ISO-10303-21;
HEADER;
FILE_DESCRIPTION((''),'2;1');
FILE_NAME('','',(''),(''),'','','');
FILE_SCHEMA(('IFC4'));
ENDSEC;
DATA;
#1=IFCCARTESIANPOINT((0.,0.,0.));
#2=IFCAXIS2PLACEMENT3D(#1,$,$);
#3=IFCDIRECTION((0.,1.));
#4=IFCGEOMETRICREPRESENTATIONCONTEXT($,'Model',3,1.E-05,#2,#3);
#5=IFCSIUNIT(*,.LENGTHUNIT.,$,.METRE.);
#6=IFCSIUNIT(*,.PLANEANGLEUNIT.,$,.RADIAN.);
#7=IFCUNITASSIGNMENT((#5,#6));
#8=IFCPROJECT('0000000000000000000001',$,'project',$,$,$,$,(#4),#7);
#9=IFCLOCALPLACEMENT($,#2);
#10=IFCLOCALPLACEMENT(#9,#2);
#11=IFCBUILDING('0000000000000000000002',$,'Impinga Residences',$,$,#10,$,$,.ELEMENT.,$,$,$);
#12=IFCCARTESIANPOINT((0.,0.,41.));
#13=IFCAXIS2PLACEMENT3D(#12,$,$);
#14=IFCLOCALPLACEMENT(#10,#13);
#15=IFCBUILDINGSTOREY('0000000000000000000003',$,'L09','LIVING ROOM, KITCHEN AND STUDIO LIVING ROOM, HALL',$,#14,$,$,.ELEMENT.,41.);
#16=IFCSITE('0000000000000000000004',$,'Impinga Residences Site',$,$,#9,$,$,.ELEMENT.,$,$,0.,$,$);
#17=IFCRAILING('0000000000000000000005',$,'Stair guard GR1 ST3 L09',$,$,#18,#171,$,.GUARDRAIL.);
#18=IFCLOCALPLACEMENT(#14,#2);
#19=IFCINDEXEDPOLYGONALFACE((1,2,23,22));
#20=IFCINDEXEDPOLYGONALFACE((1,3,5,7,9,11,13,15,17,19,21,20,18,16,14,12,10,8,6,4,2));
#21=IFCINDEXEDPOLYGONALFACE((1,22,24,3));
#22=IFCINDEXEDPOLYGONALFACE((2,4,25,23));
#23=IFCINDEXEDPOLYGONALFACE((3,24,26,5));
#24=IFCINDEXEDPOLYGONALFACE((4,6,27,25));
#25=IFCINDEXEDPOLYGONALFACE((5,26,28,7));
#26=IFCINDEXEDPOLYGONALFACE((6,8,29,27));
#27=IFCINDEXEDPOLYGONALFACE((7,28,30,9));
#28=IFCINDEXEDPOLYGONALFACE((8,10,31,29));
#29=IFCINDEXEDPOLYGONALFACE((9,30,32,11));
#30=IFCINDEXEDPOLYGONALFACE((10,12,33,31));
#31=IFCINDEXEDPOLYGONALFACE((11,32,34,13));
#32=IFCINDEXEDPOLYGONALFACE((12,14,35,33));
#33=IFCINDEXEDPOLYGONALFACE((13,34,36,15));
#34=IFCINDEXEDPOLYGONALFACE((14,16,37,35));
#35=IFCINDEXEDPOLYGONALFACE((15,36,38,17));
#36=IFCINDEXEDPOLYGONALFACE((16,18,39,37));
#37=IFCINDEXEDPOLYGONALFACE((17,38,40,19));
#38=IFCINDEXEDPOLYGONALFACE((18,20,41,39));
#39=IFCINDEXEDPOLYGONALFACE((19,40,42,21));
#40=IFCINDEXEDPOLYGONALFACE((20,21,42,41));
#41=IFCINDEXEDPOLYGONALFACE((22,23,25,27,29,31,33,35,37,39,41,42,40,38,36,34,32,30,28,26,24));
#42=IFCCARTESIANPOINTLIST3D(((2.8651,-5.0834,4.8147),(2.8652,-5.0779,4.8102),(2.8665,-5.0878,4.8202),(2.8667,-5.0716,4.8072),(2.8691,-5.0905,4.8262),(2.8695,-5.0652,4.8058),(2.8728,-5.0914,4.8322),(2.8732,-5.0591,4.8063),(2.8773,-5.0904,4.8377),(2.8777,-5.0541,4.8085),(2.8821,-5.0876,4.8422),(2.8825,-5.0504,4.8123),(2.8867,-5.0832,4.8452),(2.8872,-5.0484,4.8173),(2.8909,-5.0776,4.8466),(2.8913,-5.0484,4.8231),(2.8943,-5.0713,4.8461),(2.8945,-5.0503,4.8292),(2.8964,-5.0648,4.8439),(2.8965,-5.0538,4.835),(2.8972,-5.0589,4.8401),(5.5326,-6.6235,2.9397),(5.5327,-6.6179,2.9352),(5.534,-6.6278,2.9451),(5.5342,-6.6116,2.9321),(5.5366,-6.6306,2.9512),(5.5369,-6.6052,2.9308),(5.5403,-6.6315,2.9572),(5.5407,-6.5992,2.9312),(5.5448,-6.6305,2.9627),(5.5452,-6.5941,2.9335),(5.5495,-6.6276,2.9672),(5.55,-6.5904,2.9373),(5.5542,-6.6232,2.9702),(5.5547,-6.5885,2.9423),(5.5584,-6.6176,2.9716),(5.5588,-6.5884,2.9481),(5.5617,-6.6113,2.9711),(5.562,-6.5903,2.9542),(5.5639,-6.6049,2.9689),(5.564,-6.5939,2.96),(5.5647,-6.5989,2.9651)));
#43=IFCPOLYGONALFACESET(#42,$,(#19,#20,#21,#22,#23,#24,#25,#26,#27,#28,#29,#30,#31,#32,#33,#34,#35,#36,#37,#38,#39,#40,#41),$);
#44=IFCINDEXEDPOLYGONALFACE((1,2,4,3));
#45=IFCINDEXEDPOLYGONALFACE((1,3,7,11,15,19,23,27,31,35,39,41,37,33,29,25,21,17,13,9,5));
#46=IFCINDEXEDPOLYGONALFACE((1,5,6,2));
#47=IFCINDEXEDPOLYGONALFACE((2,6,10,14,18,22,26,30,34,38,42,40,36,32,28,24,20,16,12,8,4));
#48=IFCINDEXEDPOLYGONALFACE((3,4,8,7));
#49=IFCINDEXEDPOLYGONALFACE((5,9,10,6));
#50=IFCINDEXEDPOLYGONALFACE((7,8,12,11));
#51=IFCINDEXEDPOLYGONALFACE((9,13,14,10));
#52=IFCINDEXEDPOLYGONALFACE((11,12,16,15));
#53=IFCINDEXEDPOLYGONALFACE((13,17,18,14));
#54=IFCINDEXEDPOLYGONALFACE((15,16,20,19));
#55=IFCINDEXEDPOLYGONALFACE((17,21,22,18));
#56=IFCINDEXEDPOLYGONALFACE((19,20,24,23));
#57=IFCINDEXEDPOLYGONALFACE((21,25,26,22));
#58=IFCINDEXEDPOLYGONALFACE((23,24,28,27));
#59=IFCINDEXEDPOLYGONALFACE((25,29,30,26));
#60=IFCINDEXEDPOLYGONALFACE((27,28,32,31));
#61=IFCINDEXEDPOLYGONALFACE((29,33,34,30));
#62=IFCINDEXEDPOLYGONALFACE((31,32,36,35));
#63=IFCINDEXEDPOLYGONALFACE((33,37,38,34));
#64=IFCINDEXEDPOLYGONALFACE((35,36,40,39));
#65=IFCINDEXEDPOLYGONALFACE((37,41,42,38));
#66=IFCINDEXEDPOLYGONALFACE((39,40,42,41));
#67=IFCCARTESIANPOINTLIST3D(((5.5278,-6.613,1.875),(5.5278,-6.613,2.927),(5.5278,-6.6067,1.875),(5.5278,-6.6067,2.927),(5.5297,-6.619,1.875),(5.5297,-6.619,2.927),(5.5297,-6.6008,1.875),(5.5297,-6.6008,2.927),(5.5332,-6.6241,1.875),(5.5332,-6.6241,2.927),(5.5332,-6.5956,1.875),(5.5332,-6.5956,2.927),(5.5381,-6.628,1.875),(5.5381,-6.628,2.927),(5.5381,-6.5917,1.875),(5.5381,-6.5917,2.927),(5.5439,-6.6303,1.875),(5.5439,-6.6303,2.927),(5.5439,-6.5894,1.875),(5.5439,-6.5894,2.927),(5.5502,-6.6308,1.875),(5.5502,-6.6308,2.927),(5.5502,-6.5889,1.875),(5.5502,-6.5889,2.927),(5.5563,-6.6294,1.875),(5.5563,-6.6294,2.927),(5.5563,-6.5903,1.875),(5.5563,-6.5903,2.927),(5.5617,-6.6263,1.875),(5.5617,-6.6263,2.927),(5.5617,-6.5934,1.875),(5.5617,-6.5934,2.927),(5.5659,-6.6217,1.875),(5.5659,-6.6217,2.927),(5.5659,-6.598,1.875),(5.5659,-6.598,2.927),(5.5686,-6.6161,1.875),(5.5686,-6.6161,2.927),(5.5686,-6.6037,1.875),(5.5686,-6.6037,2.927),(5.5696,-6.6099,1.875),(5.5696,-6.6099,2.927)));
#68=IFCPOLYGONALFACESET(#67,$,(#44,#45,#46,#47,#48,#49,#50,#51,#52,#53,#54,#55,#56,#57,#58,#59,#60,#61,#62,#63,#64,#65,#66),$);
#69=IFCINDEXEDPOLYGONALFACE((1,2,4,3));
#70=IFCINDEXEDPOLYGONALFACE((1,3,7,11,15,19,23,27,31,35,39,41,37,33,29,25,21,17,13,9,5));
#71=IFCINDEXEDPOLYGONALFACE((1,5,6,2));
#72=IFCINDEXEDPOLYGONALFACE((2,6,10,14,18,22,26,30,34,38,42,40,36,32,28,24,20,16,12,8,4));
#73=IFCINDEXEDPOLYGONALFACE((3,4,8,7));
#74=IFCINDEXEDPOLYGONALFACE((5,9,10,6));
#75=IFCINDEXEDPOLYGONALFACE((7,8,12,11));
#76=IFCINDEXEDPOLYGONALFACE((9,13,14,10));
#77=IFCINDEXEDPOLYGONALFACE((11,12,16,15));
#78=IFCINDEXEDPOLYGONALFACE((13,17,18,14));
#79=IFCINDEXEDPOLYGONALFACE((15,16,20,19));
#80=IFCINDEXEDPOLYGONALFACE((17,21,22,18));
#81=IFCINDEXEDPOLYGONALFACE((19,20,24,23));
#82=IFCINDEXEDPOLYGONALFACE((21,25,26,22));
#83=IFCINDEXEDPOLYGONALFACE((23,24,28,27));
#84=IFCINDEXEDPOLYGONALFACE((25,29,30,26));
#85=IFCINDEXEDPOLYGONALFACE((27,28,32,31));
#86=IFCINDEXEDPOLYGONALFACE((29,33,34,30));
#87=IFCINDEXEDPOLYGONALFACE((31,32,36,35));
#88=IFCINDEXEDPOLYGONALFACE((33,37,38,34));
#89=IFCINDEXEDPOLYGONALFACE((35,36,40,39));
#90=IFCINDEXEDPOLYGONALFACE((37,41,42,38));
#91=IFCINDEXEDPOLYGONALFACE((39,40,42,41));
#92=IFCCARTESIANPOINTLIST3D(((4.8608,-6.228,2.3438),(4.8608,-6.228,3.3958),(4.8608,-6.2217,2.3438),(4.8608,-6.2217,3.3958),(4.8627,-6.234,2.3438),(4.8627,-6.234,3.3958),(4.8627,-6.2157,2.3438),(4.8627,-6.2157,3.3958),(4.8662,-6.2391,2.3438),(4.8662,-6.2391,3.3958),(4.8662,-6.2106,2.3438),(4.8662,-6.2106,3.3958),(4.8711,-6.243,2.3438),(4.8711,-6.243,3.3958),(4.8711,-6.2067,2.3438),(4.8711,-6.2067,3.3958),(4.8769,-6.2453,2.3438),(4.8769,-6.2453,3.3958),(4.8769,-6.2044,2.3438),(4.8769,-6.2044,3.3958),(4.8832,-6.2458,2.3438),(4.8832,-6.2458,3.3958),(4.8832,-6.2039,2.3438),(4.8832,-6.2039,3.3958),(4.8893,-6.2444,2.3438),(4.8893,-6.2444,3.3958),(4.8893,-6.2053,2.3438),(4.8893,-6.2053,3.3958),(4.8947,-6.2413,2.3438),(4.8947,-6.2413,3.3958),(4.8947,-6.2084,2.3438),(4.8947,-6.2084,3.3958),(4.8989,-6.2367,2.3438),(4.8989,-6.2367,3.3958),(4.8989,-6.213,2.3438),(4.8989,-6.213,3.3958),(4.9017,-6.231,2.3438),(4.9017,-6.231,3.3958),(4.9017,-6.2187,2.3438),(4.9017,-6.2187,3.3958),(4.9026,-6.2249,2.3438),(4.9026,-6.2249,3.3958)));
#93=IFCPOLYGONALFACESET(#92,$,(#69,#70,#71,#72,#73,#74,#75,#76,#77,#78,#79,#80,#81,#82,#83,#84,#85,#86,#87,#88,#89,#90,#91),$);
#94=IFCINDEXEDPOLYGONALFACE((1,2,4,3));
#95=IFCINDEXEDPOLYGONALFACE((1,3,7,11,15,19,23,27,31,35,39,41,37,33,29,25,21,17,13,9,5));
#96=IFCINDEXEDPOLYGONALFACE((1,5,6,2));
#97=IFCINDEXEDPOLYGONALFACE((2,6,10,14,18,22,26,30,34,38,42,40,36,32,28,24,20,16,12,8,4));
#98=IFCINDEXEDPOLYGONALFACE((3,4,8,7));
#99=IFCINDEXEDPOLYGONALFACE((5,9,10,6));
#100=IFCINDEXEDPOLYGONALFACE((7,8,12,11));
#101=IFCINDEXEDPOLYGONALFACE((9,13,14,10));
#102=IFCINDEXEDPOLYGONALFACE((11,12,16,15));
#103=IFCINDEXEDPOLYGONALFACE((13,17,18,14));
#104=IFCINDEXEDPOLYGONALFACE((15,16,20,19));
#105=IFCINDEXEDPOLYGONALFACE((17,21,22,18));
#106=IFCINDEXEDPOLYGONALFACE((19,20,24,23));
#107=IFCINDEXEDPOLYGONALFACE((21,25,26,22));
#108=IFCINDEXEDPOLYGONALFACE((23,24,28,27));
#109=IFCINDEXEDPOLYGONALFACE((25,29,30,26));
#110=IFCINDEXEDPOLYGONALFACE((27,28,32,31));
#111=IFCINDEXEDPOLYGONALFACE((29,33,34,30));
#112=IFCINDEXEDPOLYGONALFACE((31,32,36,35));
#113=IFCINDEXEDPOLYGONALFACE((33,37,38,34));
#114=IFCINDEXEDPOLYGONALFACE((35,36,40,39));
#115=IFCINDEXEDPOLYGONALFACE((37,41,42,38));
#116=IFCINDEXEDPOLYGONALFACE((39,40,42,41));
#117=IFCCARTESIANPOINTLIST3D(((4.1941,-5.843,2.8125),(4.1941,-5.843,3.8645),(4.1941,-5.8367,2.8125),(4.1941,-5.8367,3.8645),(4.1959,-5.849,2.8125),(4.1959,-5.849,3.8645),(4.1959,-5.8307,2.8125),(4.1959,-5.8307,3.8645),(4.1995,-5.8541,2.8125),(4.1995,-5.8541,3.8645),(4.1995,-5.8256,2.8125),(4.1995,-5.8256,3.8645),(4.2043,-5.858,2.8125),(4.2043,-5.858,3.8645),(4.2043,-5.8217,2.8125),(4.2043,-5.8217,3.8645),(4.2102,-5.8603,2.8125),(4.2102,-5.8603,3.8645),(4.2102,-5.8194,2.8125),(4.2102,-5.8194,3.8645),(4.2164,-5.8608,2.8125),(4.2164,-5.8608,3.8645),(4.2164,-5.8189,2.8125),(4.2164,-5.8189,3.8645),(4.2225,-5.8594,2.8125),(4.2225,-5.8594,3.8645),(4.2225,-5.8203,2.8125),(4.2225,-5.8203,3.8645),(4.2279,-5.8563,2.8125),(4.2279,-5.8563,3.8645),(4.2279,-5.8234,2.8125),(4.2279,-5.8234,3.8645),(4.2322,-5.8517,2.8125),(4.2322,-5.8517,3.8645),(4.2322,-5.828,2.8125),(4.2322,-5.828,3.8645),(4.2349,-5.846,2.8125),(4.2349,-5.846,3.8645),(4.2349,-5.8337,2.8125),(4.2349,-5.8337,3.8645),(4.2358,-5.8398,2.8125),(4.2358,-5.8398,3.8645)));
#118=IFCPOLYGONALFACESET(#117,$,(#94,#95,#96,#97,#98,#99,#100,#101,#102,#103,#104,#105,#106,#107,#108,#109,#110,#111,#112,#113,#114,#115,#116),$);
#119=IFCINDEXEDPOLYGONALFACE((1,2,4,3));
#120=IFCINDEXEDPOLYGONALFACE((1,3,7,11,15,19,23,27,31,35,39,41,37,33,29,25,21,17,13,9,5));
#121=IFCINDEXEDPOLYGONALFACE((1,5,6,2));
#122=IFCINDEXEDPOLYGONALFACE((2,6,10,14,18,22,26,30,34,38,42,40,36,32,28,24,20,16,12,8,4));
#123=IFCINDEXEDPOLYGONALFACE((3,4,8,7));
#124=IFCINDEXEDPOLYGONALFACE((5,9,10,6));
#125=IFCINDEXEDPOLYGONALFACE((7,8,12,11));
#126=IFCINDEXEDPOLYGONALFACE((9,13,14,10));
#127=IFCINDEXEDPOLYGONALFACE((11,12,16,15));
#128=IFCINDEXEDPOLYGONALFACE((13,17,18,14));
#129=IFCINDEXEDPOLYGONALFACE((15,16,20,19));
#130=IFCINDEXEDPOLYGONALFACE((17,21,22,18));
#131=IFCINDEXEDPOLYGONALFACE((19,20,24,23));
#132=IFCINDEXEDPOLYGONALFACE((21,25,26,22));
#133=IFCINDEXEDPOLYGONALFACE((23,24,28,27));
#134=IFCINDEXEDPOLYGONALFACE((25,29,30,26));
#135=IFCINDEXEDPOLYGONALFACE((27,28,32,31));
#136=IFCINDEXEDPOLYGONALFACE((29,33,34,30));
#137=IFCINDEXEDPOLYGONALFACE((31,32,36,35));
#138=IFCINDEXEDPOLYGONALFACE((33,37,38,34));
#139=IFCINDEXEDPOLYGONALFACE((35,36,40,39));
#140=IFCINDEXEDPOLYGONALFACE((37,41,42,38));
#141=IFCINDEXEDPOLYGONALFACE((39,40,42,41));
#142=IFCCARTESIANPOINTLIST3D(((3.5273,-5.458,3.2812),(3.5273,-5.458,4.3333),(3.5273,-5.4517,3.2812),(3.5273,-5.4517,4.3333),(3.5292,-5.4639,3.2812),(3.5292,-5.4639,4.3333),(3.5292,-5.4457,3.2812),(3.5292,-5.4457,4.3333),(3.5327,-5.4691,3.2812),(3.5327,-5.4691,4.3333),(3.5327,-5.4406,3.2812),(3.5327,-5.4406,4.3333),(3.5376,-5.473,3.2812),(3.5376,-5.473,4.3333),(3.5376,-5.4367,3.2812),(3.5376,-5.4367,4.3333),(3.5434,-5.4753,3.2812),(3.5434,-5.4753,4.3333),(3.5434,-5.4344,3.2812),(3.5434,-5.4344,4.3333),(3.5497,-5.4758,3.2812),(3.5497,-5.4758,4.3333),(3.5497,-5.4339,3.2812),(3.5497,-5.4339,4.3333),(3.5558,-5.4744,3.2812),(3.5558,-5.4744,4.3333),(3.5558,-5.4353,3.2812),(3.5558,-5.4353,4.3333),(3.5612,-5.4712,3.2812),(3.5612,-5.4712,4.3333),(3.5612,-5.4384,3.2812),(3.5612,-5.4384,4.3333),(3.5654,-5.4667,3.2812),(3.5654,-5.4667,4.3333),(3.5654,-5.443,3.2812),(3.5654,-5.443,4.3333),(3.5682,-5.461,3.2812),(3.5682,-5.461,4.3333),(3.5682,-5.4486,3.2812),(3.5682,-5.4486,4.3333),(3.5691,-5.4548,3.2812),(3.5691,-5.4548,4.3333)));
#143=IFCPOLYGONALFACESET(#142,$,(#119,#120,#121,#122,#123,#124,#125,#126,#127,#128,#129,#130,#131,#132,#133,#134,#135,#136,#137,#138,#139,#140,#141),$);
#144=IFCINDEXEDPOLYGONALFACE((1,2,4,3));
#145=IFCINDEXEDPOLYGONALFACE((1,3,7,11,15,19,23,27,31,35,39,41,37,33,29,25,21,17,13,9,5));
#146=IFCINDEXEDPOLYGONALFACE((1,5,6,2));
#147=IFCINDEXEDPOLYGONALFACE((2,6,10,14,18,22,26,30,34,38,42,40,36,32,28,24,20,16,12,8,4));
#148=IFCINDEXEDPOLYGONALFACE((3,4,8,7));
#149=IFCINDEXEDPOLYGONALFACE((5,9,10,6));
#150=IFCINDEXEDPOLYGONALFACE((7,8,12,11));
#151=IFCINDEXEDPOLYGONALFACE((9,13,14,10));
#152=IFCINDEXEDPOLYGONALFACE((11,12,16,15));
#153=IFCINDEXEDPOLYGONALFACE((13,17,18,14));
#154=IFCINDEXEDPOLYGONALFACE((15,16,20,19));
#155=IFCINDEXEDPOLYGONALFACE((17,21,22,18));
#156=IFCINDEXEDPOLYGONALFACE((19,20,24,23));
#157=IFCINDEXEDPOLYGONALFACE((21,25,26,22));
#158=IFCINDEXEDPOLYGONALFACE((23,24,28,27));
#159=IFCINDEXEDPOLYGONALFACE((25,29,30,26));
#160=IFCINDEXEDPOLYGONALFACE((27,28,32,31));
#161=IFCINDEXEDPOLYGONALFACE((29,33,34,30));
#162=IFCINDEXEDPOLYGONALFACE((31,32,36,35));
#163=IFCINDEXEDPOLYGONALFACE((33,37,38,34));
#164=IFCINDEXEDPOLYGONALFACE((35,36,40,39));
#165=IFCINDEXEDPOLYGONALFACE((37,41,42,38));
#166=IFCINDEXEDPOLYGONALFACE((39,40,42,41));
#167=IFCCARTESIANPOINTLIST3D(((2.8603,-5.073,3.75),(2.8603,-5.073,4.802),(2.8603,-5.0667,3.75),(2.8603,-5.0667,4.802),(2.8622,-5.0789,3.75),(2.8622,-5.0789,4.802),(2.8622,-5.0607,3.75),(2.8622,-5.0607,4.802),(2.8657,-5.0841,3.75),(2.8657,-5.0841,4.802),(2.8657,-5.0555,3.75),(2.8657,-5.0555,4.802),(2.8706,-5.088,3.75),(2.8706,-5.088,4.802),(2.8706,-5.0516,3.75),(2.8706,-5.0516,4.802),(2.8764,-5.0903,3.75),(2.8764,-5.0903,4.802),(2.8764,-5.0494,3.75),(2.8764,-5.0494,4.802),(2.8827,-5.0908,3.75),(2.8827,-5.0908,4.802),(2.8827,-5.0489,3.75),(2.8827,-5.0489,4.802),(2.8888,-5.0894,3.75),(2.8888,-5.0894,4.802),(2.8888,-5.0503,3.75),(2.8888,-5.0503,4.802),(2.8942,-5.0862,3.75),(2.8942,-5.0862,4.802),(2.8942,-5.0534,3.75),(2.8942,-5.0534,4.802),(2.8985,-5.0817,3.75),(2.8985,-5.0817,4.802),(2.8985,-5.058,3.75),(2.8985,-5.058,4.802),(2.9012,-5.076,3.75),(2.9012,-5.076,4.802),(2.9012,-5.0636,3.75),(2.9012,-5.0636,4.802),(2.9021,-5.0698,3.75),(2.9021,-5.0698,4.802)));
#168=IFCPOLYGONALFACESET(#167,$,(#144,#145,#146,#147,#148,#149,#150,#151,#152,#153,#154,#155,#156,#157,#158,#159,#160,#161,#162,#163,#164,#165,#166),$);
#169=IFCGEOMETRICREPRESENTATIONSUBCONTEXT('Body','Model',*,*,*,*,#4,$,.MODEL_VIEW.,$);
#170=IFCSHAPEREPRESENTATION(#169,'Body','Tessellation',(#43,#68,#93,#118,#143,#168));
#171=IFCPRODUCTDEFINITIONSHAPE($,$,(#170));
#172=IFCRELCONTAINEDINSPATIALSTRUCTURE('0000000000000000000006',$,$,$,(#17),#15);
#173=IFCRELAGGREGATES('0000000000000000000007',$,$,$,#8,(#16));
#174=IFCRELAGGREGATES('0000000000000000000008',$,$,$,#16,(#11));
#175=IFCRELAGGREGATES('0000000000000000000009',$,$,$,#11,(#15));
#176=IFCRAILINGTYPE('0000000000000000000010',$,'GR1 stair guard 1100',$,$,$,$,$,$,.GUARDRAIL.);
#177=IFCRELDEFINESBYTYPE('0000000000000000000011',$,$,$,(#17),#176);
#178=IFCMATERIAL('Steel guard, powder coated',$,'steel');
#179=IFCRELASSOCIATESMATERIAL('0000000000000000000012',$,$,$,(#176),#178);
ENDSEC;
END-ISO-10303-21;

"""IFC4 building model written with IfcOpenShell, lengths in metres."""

from ifc_helpers import new_model, si_unit, direction, frame, origin, origin_2d, place, context, subcontext, project, spatial, circle, extrude, material, type_object, element, save


model = new_model("IFC4")

# Units and contexts
model_context = context("Model", 3, precision=1e-05, world=origin(), true_north=direction((0.0, 1.0)))
body_context = subcontext(model_context, "Body", "Model", "MODEL_VIEW")
ifc_project = project(units=[si_unit("LENGTHUNIT", "METRE"), si_unit("PLANEANGLEUNIT", "RADIAN")], contexts=[model_context])

# Site, building, storey
site_placement = place(None, origin())
site = spatial("IfcSite", under=ifc_project, at=site_placement, Name="Impinga Residences Site", CompositionType="ELEMENT", RefElevation=0.0)
building_placement = place(site_placement, origin())
building = spatial("IfcBuilding", under=site, at=building_placement, Name="Impinga Residences", CompositionType="ELEMENT")
storey_placement = place(building_placement, frame((0.0, 0.0, 41.0)))
storey = spatial("IfcBuildingStorey", under=building, at=storey_placement, Name="L09", Description="LIVING ROOM, KITCHEN AND STUDIO LIVING ROOM, HALL", CompositionType="ELEMENT", Elevation=41.0)

# Railing
ifc_material_1 = material(Name="Steel guard, powder coated", Category="steel")
railing_type_1 = type_object("IfcRailingType", Name="GR1 stair guard 1100", PredefinedType="GUARDRAIL", material=ifc_material_1)
railing_1_placement = place(storey_placement, frame((5.5486, -6.6099, 1.875)))
element("IfcRailing", 1, at=railing_1_placement, inside=storey, type_object=railing_type_1, Name="Stair guard GR1 ST3 L09", PredefinedType="GUARDRAIL", context=body_context, shape_type="SweptSolid", body=[
    extrude(circle(Radius=0.0239, at=origin_2d()), frame((0.0, 0.0, 1.0762), z_axis=(-0.739746, 0.427084, 0.519975), x_axis=(-0.499992, -0.86603, 0.0)), (0.0, 0.0, 1.0), 3.606),
    extrude(circle(Radius=0.021, at=origin_2d()), origin(), (0.0, 0.0, 1.0), 1.052),
    extrude(circle(Radius=0.021, at=origin_2d()), frame((-0.667, 0.385, 0.4688)), (0.0, 0.0, 1.0), 1.052),
    extrude(circle(Radius=0.021, at=origin_2d()), frame((-1.3337, 0.77, 0.9375)), (0.0, 0.0, 1.0), 1.052),
    extrude(circle(Radius=0.021, at=origin_2d()), frame((-2.0005, 1.155, 1.4062)), (0.0, 0.0, 1.0), 1.052),
    extrude(circle(Radius=0.021, at=origin_2d()), frame((-2.6675, 1.54, 1.875)), (0.0, 0.0, 1.0), 1.052),
])

save(model, "model.ifc")
